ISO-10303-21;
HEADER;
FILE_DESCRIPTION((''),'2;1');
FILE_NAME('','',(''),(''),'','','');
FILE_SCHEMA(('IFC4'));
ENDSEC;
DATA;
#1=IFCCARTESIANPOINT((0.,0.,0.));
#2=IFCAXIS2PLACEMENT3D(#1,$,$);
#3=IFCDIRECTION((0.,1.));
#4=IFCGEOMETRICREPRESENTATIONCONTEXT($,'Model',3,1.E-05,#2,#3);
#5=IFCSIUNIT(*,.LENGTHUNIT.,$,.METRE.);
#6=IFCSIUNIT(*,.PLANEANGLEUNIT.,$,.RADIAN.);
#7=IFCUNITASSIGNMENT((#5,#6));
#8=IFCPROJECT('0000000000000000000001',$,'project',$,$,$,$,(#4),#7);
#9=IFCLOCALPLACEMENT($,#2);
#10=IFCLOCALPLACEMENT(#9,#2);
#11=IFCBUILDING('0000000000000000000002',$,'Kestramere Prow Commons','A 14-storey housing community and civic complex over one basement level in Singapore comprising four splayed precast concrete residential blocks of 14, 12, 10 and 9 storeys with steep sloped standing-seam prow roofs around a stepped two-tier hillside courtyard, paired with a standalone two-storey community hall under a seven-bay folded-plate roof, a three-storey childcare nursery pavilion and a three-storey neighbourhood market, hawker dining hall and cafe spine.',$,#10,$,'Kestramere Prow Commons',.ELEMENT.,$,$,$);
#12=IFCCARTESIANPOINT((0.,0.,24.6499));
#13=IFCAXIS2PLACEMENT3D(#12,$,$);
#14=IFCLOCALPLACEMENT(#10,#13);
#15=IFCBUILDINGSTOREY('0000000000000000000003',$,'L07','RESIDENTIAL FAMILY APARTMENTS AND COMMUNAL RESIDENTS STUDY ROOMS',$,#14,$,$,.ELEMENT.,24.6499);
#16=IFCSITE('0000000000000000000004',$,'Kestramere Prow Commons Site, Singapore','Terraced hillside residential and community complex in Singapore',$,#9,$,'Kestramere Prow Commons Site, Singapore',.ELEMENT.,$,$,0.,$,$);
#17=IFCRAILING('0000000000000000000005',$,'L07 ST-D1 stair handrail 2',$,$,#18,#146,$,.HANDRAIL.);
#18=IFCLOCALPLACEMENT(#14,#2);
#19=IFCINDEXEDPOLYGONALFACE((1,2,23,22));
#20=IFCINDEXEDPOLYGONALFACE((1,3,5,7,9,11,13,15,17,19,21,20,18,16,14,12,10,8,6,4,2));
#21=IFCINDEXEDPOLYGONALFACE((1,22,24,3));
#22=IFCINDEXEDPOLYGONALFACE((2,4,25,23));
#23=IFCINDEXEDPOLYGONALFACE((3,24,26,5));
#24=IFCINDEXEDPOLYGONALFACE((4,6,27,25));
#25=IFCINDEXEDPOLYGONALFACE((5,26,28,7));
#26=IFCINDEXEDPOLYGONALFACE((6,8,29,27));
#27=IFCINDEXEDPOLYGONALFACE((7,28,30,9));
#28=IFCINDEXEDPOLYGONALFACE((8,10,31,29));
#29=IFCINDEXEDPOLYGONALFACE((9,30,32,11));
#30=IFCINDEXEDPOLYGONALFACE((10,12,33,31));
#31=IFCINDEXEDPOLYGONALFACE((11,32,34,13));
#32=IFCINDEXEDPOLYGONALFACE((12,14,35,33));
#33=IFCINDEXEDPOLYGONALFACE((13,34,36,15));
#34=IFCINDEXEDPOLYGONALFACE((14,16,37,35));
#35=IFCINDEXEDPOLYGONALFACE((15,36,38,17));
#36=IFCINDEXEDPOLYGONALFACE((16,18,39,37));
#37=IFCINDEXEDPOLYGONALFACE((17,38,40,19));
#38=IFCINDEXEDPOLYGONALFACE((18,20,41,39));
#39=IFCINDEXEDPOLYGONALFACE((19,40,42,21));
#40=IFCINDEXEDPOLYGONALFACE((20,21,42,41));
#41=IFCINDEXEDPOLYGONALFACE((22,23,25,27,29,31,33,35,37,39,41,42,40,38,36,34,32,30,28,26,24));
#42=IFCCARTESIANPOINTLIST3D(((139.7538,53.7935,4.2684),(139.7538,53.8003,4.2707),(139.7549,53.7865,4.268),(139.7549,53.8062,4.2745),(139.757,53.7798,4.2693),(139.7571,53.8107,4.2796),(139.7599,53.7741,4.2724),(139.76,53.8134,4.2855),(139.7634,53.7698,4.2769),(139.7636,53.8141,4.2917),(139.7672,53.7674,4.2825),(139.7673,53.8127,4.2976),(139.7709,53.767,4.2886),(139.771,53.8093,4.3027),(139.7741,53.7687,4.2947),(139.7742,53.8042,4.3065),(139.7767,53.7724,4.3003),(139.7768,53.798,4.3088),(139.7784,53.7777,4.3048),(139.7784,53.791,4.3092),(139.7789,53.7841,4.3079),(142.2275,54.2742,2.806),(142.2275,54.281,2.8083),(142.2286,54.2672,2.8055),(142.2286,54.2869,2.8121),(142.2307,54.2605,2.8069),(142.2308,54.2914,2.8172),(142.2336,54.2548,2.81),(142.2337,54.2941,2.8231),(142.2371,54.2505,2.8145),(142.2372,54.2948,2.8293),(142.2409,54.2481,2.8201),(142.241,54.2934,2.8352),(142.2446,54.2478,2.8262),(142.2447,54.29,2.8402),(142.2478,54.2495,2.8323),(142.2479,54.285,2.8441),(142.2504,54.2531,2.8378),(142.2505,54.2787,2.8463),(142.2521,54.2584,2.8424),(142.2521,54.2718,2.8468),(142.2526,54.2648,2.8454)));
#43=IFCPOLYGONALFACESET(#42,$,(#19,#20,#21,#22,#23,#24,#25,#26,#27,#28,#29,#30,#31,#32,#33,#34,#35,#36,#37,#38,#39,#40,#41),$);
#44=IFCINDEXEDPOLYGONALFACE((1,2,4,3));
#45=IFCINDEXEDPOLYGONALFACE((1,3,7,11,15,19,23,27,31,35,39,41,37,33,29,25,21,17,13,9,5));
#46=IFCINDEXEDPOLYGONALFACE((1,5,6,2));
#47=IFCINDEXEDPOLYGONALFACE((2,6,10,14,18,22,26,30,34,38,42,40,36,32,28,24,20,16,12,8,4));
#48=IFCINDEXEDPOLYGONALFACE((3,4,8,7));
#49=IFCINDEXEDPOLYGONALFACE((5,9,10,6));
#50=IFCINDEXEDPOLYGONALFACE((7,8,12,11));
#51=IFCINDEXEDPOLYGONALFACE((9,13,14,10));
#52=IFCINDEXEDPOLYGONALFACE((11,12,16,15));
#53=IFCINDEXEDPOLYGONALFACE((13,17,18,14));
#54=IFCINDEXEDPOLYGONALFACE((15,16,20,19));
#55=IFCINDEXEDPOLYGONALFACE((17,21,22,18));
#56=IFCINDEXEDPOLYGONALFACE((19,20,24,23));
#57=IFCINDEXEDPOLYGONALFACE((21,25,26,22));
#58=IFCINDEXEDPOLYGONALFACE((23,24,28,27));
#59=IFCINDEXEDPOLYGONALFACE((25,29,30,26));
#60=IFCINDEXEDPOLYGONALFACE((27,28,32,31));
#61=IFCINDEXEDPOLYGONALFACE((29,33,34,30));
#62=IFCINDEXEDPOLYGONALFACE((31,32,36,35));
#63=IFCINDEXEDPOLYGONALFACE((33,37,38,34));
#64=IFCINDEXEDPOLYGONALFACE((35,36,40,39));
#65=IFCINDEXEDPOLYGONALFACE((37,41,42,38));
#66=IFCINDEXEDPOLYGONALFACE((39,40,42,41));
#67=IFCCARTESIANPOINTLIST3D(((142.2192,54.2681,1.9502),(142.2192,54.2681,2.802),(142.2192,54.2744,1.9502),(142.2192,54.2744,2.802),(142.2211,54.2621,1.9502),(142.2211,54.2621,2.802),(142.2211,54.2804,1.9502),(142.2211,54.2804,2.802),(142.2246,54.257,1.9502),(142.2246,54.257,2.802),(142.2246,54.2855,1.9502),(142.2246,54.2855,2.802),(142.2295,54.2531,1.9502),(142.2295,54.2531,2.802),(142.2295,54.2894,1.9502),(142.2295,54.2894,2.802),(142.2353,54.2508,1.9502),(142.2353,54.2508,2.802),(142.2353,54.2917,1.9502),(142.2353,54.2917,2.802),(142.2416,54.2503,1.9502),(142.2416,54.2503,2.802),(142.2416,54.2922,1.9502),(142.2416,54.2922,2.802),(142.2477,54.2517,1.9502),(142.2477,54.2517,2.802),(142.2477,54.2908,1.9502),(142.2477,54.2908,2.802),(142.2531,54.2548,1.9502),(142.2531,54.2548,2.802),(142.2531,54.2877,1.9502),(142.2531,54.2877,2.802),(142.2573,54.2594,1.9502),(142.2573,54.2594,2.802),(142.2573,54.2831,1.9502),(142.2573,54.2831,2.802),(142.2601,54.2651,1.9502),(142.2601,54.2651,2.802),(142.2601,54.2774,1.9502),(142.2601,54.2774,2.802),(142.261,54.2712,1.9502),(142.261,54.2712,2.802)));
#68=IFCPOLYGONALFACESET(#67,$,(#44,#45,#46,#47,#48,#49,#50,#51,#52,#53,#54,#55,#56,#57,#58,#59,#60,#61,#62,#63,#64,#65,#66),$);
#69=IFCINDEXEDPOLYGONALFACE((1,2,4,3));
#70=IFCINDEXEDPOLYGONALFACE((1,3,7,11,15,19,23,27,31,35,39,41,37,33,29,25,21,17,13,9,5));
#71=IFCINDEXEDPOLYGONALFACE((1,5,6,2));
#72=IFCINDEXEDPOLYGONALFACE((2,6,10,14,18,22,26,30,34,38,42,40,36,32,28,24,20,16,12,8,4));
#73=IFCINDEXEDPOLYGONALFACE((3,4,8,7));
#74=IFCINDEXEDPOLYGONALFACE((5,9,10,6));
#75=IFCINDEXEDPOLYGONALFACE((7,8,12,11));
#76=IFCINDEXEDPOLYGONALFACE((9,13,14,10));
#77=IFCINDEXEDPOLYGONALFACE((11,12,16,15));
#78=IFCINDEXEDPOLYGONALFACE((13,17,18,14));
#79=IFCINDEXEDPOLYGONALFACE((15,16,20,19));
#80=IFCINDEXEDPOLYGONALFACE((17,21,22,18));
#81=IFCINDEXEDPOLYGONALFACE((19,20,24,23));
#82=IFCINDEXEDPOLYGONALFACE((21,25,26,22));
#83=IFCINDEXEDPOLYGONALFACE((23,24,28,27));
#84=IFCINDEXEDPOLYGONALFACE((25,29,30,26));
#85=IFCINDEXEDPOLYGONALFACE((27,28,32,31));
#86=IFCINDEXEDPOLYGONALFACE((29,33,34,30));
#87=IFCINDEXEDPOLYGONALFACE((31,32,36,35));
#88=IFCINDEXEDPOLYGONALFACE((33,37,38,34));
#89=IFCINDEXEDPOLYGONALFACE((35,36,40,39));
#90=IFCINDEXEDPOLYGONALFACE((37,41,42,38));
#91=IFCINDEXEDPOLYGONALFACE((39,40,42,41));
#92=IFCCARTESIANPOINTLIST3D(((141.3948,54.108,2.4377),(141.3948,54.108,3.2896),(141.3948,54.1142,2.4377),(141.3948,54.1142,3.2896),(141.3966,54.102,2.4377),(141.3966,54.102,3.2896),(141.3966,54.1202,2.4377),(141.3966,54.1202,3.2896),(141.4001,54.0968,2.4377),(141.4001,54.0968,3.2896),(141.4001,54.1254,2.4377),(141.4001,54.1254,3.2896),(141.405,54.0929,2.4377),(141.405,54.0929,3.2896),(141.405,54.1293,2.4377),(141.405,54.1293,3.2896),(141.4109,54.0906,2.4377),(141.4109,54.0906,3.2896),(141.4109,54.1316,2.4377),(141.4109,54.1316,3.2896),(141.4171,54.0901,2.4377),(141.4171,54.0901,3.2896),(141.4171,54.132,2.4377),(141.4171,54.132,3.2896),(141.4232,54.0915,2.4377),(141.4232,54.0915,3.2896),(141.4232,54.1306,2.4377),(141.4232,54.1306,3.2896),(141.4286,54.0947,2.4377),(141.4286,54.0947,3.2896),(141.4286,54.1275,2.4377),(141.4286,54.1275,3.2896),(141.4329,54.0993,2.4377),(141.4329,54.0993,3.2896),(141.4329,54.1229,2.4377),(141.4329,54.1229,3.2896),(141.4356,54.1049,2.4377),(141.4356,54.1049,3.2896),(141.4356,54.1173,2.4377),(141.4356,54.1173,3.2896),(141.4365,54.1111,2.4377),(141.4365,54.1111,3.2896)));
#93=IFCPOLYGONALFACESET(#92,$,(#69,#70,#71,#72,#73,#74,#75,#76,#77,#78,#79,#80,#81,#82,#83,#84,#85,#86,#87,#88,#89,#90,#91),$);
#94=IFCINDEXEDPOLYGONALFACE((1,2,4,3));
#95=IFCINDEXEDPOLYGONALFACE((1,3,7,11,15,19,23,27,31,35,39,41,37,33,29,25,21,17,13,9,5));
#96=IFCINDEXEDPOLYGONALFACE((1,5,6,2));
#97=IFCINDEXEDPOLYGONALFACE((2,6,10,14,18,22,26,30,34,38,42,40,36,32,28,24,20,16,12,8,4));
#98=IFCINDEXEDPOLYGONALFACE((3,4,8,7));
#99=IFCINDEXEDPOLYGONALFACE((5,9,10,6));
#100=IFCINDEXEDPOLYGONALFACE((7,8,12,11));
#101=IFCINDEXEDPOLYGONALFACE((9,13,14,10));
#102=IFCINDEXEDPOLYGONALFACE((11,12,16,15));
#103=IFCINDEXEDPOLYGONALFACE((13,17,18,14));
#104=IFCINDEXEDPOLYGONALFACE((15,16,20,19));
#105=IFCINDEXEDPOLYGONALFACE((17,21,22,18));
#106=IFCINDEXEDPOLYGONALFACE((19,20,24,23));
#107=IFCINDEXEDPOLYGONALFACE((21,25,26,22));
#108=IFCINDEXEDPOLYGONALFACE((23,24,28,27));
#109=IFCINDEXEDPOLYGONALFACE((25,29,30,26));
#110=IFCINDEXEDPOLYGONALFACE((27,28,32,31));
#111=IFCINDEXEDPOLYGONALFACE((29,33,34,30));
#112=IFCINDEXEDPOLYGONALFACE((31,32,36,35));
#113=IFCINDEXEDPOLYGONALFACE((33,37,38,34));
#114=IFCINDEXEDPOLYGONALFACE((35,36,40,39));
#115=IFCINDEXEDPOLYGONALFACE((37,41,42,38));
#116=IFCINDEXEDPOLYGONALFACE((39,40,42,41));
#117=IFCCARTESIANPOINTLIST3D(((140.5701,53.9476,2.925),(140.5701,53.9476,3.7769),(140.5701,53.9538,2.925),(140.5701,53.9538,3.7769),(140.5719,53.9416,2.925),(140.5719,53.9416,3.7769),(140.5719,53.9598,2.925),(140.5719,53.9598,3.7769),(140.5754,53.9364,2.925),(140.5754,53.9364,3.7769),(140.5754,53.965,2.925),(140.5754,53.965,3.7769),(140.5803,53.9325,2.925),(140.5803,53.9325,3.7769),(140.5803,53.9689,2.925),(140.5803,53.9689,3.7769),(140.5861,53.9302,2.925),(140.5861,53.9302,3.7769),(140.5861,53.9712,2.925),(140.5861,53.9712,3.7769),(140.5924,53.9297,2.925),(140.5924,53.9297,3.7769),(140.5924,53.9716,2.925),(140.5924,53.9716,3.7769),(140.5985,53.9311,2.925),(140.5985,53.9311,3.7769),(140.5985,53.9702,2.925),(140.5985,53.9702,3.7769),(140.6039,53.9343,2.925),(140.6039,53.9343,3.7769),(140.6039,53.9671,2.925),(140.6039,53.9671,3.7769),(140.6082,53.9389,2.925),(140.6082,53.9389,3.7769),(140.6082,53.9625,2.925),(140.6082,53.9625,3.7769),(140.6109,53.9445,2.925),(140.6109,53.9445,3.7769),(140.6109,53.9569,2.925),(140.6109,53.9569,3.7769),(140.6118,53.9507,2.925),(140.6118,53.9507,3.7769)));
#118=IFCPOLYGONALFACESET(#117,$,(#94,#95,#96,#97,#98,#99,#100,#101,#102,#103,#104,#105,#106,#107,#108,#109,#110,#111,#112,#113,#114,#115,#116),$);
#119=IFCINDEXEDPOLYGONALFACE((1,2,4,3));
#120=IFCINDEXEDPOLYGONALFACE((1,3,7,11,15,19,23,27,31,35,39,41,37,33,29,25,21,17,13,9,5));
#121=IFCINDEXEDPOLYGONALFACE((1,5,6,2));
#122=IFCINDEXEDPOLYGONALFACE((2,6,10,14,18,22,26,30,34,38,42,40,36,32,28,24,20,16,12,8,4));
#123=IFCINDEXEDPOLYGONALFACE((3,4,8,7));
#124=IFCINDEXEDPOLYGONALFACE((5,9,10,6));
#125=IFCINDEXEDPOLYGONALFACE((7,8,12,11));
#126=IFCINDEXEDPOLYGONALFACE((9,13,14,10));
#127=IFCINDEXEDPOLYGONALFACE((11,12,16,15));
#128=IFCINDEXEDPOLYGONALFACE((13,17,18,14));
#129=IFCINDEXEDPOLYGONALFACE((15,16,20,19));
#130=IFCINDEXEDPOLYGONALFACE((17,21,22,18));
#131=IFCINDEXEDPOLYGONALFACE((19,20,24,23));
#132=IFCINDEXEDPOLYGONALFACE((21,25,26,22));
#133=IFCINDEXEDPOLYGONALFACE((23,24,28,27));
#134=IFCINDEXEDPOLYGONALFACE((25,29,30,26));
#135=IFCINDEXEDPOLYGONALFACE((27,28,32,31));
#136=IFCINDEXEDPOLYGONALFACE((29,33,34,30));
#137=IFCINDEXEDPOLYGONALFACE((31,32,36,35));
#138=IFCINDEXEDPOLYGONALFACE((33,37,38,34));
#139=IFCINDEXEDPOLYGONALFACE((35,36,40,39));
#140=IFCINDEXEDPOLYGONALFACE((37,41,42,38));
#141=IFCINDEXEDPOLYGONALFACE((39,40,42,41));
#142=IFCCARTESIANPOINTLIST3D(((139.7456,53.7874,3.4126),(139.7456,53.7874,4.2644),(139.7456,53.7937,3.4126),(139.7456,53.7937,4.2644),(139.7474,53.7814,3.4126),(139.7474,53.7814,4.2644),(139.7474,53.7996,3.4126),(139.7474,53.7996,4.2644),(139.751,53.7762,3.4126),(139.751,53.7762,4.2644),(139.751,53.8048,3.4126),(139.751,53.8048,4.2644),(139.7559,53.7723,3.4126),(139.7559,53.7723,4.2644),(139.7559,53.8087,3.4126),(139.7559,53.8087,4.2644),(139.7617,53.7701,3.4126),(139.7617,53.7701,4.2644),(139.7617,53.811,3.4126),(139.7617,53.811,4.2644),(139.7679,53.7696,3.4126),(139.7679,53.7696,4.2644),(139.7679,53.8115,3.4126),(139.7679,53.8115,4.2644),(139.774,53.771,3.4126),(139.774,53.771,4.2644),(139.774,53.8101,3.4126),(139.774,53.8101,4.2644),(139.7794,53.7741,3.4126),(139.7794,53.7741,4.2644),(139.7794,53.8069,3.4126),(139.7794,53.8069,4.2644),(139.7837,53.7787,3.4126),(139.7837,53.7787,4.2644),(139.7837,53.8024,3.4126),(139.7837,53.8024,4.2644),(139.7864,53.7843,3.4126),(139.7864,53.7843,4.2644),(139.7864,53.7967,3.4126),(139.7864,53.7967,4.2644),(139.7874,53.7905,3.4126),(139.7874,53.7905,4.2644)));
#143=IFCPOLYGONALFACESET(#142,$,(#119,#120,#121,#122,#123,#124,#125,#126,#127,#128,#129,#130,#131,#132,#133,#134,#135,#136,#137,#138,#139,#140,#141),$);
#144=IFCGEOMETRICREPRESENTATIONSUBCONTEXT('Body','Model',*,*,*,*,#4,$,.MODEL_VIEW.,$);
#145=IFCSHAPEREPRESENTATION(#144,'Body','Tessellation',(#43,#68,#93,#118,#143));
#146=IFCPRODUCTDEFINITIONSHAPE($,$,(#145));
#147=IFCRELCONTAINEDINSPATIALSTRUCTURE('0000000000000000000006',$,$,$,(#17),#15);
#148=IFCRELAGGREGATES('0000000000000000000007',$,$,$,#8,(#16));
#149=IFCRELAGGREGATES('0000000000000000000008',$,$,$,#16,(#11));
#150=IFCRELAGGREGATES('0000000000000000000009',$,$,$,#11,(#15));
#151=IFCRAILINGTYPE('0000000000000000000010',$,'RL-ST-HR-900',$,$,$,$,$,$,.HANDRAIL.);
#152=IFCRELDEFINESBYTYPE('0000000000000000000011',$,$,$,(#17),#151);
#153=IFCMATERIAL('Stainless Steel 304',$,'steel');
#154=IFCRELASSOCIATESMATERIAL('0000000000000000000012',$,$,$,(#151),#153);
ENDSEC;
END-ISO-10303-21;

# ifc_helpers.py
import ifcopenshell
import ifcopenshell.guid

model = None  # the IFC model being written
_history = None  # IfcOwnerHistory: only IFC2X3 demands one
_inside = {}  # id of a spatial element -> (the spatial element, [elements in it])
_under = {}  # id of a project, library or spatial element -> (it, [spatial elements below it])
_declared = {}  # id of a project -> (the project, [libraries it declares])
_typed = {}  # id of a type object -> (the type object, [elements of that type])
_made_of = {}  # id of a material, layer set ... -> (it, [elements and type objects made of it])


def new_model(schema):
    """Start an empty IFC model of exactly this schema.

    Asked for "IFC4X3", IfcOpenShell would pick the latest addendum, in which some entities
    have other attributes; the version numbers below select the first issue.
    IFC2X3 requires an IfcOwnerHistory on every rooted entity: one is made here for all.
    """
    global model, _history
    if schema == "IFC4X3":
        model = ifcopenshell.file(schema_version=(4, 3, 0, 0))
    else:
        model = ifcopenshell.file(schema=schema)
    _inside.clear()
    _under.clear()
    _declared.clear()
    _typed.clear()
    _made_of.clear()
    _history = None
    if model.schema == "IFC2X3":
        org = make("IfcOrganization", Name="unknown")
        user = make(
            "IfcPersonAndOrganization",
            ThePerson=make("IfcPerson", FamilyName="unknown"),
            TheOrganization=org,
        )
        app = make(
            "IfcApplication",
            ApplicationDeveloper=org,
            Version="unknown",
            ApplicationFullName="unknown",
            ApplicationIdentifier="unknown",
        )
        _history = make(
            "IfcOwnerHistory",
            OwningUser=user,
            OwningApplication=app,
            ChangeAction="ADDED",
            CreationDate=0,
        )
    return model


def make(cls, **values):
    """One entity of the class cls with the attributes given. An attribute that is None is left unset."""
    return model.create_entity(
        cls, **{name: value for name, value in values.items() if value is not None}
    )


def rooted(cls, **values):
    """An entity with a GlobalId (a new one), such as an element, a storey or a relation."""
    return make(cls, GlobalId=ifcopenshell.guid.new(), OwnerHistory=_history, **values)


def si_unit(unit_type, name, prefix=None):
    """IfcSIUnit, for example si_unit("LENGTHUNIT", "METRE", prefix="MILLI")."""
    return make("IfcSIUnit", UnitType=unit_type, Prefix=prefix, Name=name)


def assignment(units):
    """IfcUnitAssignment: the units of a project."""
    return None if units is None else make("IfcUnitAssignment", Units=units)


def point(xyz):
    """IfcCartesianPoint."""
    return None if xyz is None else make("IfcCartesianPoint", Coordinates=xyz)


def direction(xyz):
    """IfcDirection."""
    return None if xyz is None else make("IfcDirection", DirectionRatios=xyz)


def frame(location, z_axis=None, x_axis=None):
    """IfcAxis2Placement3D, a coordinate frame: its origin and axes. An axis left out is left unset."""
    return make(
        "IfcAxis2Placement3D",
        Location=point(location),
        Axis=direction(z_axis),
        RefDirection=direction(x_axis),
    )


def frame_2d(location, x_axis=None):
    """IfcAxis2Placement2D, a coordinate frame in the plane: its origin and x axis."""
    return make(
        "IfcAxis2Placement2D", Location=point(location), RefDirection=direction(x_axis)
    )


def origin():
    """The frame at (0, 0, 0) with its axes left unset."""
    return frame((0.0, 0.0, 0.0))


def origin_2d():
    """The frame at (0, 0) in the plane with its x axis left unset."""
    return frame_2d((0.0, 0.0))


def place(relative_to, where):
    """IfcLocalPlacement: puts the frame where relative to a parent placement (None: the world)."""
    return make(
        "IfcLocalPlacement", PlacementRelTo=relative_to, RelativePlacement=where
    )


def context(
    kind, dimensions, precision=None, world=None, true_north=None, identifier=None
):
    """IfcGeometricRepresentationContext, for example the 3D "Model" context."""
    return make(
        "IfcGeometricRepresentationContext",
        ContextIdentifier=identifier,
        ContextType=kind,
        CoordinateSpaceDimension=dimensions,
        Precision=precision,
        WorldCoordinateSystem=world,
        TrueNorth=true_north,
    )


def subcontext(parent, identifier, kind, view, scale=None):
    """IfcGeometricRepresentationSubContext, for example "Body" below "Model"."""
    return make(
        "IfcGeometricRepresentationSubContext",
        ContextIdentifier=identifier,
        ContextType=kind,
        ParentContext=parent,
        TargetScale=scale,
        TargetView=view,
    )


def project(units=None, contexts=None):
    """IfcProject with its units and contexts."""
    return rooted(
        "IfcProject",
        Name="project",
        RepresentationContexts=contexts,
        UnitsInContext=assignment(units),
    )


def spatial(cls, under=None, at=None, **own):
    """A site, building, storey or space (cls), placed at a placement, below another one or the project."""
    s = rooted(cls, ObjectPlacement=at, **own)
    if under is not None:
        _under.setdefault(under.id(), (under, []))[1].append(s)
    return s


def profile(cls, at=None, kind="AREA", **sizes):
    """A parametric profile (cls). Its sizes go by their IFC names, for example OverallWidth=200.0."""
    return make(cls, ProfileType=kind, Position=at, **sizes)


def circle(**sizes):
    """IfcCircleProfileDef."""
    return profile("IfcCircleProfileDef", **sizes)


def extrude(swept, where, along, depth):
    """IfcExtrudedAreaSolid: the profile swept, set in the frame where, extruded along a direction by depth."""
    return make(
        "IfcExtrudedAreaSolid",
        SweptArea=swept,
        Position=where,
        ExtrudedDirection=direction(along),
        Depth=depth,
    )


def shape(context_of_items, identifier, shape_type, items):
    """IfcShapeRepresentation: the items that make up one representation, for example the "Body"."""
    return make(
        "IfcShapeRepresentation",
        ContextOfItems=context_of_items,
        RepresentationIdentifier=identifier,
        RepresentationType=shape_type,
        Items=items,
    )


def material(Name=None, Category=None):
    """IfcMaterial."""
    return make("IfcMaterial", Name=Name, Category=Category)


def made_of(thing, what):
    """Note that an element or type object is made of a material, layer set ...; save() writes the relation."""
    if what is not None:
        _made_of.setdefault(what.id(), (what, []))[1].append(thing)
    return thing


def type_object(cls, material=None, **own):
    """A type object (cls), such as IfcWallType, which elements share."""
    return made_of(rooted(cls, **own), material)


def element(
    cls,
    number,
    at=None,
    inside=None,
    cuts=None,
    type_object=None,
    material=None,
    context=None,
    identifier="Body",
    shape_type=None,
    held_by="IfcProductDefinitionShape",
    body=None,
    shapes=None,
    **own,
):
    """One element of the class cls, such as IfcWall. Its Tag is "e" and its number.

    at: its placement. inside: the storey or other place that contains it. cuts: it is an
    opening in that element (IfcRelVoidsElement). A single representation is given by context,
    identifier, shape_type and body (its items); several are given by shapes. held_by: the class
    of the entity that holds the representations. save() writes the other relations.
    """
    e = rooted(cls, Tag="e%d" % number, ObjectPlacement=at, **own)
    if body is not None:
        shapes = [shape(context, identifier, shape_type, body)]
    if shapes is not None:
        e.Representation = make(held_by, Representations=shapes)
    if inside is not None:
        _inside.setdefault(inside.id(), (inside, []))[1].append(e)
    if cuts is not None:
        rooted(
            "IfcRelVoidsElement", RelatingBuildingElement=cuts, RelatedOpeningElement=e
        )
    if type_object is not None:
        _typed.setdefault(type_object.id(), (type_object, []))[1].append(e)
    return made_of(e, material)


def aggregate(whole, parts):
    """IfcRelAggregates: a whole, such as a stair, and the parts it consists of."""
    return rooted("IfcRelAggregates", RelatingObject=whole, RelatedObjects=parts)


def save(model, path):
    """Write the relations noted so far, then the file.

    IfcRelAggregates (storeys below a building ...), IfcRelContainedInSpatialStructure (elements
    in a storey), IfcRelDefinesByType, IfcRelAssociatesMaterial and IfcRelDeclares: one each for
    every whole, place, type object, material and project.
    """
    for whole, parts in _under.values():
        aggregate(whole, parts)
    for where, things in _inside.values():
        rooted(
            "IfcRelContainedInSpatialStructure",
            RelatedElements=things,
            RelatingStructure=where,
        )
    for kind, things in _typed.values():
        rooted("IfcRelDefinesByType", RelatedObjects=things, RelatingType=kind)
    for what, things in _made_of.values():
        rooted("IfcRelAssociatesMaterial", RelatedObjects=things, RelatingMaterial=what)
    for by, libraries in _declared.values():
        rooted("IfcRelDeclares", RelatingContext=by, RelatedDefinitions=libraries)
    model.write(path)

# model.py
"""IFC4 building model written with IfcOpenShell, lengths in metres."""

from ifc_helpers import new_model, si_unit, direction, frame, origin, origin_2d, place, context, subcontext, project, spatial, circle, extrude, material, type_object, element, save


model = new_model("IFC4")

# Units and contexts
model_context = context("Model", 3, precision=1e-05, world=origin(), true_north=direction((0.0, 1.0)))
body_context = subcontext(model_context, "Body", "Model", "MODEL_VIEW")
ifc_project = project(units=[si_unit("LENGTHUNIT", "METRE"), si_unit("PLANEANGLEUNIT", "RADIAN")], contexts=[model_context])

# Site, building, storey
site_placement = place(None, origin())
site = spatial("IfcSite", under=ifc_project, at=site_placement, Name="Kestramere Prow Commons Site, Singapore", Description="Terraced hillside residential and community complex in Singapore", LongName="Kestramere Prow Commons Site, Singapore", CompositionType="ELEMENT", RefElevation=0.0)
building_placement = place(site_placement, origin())
building = spatial("IfcBuilding", under=site, at=building_placement, Name="Kestramere Prow Commons", Description="A 14-storey housing community and civic complex over one basement level in Singapore comprising four splayed precast concrete residential blocks of 14, 12, 10 and 9 storeys with steep sloped standing-seam prow roofs around a stepped two-tier hillside courtyard, paired with a standalone two-storey community hall under a seven-bay folded-plate roof, a three-storey childcare nursery pavilion and a three-storey neighbourhood market, hawker dining hall and cafe spine.", LongName="Kestramere Prow Commons", CompositionType="ELEMENT")
storey_placement = place(building_placement, frame((0.0, 0.0, 24.6499)))
storey = spatial("IfcBuildingStorey", under=building, at=storey_placement, Name="L07", Description="RESIDENTIAL FAMILY APARTMENTS AND COMMUNAL RESIDENTS STUDY ROOMS", CompositionType="ELEMENT", Elevation=24.6499)

# Railing
ifc_material_1 = material(Name="Stainless Steel 304", Category="steel")
railing_type_1 = type_object("IfcRailingType", Name="RL-ST-HR-900", PredefinedType="HANDRAIL", material=ifc_material_1)
for number, where, name in (
    (1, (142.24, 54.2712, 1.9502), "L07 ST-D1 stair handrail 2"),
):
    element("IfcRailing", number, at=place(storey_placement, frame(where)), inside=storey, type_object=railing_type_1, Name=name, PredefinedType="HANDRAIL", context=body_context, shape_type="SweptSolid", body=[
        extrude(circle(Radius=0.0239, at=origin_2d()), frame((0.0, 0.0, 0.876), z_axis=(-0.84902, -0.164994, 0.501938), x_axis=(0.190766, -0.981636, 0.0)), (0.0, 0.0, 1.0), 2.9136),
        extrude(circle(Radius=0.021, at=origin_2d()), origin(), (0.0, 0.0, 1.0), 0.8518),
        extrude(circle(Radius=0.021, at=origin_2d()), frame((-0.8245, -0.1602, 0.4875)), (0.0, 0.0, 1.0), 0.8518),
        extrude(circle(Radius=0.021, at=origin_2d()), frame((-1.6492, -0.3206, 0.9749)), (0.0, 0.0, 1.0), 0.8518),
        extrude(circle(Radius=0.021, at=origin_2d()), frame((-2.4736, -0.4807, 1.4624)), (0.0, 0.0, 1.0), 0.8518),
    ])

save(model, "model.ifc")
